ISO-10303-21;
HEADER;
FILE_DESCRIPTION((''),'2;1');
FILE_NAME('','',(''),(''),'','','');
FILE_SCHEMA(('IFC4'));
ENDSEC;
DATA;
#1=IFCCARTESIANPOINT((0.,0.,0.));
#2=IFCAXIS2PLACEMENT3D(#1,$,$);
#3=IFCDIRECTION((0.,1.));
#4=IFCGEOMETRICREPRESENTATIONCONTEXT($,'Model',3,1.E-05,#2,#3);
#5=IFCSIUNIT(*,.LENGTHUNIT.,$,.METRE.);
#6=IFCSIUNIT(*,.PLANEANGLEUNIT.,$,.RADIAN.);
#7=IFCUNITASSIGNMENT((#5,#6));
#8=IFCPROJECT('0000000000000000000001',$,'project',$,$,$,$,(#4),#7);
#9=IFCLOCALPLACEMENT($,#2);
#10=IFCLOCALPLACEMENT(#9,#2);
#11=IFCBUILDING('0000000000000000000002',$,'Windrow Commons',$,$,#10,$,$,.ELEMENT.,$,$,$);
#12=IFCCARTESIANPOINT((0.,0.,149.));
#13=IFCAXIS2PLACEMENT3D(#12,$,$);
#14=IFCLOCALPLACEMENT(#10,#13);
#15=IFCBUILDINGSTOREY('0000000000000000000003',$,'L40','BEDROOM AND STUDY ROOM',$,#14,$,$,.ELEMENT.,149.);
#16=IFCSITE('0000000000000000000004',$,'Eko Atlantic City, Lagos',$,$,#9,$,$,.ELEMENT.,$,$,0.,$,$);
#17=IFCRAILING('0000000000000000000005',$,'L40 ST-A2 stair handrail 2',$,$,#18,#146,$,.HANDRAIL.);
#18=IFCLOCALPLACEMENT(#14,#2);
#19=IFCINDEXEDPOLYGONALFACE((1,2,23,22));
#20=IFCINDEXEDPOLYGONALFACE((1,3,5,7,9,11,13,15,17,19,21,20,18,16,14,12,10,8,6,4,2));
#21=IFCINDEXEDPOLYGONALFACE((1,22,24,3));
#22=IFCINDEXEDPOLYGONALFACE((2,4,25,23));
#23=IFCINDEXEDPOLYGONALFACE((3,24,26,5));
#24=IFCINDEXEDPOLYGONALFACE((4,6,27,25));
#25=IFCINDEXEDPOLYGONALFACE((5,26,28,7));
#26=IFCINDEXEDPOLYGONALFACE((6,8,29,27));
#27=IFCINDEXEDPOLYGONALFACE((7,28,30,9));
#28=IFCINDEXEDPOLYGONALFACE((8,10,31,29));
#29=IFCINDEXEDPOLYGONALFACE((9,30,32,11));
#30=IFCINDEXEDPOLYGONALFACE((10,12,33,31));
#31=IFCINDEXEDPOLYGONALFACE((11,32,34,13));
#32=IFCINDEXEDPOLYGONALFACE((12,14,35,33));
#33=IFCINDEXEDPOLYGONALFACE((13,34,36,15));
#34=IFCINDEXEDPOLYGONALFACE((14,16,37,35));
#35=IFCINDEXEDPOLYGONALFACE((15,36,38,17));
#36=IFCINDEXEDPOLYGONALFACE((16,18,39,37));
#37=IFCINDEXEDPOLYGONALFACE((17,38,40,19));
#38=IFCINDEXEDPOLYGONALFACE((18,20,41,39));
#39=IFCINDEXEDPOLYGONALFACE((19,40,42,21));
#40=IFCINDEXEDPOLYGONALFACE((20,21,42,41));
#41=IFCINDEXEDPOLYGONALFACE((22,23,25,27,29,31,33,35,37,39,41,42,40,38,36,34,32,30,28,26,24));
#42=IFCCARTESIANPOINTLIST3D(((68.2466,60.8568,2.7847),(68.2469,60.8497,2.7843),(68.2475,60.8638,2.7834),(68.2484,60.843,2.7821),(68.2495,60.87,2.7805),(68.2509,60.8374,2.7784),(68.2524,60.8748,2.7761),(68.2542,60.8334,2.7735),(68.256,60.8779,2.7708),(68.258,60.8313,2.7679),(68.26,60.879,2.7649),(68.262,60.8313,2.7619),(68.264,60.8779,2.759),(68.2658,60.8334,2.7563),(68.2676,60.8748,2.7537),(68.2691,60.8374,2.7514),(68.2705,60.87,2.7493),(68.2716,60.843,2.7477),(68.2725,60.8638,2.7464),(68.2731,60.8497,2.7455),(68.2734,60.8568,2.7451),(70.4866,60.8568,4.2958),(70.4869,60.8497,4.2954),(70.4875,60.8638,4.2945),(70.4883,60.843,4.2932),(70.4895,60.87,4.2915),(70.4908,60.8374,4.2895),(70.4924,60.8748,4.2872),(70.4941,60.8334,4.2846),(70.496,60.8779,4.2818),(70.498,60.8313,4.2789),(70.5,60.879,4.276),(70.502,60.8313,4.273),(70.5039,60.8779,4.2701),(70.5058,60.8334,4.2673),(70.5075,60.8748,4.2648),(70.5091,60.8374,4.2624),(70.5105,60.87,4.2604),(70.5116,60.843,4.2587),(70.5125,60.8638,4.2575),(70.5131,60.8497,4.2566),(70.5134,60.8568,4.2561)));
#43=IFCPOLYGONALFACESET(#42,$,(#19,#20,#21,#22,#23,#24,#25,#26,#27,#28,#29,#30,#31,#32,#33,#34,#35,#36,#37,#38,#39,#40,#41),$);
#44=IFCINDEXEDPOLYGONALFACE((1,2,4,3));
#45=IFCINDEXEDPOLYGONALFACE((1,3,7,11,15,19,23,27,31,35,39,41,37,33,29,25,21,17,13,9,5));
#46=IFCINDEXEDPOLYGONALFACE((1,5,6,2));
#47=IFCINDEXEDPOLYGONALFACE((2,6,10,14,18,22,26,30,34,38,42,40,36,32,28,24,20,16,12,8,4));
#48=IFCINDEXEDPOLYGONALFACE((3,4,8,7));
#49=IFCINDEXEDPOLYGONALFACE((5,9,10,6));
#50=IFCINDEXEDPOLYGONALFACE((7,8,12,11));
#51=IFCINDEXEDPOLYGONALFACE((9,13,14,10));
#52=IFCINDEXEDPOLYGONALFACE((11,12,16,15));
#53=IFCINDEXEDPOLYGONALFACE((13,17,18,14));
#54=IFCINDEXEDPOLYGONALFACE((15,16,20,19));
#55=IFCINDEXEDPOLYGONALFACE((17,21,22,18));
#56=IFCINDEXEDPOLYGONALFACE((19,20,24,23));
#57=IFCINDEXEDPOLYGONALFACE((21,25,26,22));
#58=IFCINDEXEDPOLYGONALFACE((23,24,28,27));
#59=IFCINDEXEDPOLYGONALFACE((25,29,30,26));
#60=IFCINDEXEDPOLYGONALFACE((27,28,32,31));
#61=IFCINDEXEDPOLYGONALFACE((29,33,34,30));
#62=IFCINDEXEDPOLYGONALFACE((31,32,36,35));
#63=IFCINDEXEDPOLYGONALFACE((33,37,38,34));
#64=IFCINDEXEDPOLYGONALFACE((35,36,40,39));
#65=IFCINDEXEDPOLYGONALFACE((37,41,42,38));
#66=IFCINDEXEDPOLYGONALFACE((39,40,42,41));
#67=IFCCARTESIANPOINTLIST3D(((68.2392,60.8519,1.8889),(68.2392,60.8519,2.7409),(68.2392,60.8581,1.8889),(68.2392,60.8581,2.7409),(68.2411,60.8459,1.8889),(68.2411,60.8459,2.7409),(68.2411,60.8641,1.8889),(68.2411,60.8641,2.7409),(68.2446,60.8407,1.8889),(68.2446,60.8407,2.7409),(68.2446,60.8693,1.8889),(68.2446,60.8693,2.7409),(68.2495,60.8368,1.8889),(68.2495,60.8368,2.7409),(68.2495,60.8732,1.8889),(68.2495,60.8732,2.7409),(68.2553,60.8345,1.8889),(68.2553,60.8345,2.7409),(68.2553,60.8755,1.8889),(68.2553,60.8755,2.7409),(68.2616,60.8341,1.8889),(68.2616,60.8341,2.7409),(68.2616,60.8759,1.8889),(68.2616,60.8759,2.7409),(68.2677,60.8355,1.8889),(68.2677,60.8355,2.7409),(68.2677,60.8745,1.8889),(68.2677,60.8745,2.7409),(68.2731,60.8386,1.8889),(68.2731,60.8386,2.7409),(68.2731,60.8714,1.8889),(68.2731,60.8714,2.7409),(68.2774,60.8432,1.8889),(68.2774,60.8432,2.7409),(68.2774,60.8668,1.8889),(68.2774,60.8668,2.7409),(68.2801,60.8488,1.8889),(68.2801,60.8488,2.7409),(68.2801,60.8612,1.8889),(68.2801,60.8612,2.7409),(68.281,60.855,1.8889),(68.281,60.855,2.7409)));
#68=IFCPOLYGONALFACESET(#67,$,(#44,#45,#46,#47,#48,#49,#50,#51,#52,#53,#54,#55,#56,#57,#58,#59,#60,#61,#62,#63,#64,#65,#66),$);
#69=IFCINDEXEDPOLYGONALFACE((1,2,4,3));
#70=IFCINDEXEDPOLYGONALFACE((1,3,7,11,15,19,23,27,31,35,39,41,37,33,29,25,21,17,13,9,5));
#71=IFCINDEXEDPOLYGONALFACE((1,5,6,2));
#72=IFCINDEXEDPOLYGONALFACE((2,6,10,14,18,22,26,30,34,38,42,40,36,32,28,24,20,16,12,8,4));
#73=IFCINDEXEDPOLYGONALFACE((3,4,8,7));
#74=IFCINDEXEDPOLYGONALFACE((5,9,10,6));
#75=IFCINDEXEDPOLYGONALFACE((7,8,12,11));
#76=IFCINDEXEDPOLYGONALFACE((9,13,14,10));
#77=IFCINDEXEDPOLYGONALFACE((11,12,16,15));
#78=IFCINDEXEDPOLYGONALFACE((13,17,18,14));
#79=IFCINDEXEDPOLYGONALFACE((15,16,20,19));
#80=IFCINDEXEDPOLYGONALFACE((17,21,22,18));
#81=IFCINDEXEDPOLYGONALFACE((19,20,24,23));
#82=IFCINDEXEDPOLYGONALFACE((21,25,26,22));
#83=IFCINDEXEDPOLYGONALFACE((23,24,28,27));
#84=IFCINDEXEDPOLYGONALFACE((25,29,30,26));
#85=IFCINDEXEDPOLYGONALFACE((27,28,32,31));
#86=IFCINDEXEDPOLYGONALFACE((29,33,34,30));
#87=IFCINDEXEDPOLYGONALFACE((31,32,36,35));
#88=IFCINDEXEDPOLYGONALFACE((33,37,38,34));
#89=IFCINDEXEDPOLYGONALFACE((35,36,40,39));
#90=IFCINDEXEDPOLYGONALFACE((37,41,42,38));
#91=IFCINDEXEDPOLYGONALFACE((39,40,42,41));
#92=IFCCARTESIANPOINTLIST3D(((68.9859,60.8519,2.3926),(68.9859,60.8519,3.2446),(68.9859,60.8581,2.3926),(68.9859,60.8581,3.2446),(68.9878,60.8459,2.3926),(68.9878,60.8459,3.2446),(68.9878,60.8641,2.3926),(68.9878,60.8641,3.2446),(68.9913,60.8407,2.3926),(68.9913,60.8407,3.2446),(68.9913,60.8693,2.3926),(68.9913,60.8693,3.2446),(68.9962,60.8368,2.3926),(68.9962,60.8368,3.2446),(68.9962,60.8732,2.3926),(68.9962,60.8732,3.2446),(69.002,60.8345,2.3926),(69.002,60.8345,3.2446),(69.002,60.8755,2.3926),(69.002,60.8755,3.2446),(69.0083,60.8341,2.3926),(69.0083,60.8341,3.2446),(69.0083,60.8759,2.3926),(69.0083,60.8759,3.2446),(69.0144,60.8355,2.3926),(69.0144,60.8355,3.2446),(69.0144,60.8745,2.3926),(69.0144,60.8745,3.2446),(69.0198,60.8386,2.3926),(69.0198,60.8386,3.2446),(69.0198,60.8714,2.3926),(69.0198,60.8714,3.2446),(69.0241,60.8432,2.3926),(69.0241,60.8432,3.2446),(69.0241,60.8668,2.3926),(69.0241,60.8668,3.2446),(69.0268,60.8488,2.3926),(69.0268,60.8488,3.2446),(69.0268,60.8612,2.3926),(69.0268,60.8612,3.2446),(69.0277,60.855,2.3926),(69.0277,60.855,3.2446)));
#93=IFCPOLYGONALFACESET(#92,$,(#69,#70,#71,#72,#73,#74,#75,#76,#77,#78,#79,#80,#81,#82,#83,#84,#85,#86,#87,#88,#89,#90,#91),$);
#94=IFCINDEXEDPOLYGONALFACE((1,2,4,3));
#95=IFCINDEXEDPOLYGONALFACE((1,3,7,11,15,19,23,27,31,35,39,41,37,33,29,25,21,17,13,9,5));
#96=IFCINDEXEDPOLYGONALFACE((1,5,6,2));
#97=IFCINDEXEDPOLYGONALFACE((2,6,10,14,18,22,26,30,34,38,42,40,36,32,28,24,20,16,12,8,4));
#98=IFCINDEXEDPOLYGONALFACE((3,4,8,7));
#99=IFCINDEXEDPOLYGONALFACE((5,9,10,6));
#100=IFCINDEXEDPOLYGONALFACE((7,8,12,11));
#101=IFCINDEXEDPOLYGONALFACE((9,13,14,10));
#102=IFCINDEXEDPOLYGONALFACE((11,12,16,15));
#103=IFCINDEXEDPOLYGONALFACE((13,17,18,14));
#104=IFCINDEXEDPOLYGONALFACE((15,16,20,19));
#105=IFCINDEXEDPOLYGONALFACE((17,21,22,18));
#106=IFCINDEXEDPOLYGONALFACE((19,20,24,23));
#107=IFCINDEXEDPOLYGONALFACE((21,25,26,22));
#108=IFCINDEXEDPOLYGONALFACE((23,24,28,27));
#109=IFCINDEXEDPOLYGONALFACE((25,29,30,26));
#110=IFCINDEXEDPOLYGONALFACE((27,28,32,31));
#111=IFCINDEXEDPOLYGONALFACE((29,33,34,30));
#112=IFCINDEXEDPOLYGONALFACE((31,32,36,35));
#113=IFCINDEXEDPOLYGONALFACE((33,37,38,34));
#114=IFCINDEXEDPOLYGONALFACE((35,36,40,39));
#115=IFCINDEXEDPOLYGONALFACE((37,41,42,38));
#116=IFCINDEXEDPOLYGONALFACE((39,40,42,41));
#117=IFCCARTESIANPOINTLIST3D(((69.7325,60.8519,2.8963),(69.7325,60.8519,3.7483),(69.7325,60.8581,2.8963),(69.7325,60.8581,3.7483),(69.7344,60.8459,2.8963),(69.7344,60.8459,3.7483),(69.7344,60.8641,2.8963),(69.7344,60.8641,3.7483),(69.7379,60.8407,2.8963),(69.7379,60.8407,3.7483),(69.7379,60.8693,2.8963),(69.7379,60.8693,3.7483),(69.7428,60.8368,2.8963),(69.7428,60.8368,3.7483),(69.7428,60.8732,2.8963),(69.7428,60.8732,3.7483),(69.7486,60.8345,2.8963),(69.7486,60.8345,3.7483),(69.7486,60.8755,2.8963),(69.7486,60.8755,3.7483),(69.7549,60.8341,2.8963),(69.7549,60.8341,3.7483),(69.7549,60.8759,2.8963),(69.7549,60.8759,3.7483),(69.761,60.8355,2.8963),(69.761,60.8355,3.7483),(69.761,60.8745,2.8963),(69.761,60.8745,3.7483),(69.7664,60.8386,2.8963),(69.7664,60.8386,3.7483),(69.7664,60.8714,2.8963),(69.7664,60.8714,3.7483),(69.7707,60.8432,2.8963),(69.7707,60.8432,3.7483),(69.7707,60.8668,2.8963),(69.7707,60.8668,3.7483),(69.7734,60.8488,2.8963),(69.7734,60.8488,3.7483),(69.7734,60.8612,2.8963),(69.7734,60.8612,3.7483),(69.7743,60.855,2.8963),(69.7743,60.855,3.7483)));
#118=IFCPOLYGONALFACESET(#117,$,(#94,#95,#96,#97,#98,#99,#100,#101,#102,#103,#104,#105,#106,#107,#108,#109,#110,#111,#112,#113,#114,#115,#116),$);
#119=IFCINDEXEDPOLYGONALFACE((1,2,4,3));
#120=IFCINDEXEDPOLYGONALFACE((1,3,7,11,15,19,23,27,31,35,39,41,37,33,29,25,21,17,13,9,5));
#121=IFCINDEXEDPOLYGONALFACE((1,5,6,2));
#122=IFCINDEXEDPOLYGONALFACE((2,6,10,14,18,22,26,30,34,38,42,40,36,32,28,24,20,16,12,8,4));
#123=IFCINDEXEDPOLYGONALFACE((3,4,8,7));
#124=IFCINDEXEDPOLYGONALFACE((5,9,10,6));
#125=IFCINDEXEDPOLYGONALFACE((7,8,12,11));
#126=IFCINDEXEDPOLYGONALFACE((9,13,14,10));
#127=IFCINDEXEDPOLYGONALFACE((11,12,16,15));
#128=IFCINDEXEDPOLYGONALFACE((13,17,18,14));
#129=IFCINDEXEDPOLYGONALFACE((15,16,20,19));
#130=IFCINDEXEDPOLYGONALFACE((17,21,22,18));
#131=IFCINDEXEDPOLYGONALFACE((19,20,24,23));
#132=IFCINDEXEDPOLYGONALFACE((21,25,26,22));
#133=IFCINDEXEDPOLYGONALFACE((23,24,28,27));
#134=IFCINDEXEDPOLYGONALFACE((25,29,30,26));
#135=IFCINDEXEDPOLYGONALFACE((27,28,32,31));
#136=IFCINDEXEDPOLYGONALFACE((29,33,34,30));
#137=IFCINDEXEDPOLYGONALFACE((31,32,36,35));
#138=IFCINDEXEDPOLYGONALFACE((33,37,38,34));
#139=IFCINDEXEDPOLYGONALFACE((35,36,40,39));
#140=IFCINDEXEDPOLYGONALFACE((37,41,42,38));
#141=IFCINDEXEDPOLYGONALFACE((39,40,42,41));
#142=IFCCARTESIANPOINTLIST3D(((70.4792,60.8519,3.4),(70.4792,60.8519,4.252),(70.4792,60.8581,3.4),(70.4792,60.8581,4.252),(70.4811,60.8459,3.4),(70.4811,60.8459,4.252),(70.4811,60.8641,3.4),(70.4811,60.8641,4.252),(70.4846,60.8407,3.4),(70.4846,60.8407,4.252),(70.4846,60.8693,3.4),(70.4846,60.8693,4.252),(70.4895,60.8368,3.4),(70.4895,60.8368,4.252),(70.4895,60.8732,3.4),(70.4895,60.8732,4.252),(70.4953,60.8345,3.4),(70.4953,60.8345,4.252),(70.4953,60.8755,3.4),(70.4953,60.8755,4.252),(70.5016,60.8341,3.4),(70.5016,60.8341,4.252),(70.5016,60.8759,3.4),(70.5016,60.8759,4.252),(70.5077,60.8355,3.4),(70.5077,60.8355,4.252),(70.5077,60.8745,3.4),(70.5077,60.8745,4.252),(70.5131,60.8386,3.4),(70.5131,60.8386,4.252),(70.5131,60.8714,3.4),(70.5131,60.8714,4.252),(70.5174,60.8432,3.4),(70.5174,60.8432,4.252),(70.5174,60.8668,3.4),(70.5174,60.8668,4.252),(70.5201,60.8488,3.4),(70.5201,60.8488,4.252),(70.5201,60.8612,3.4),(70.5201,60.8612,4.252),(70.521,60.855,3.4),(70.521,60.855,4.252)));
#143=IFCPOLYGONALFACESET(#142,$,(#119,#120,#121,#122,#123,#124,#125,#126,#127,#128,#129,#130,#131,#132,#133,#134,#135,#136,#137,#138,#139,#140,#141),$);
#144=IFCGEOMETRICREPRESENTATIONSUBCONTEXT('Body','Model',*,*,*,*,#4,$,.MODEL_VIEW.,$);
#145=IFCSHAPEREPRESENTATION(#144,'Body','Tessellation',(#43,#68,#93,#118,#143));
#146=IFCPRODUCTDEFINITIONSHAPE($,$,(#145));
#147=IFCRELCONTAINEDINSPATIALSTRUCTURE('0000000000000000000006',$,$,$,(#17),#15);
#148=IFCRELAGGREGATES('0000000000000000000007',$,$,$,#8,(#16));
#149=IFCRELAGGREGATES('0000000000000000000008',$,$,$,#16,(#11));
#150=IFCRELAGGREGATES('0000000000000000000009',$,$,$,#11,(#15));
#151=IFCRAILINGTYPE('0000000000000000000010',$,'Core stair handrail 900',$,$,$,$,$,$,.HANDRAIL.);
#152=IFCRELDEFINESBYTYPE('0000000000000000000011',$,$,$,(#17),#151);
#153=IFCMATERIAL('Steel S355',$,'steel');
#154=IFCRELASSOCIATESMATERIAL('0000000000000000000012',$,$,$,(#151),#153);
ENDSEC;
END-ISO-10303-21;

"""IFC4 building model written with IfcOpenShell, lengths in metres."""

from ifc_helpers import new_model, si_unit, direction, frame, origin, origin_2d, place, context, subcontext, project, spatial, circle, extrude, material, type_object, element, save


model = new_model("IFC4")

# Units and contexts
model_context = context("Model", 3, precision=1e-05, world=origin(), true_north=direction((0.0, 1.0)))
body_context = subcontext(model_context, "Body", "Model", "MODEL_VIEW")
ifc_project = project(units=[si_unit("LENGTHUNIT", "METRE"), si_unit("PLANEANGLEUNIT", "RADIAN")], contexts=[model_context])

# Site, building, storey
site_placement = place(None, origin())
site = spatial("IfcSite", under=ifc_project, at=site_placement, Name="Eko Atlantic City, Lagos", CompositionType="ELEMENT", RefElevation=0.0)
building_placement = place(site_placement, origin())
building = spatial("IfcBuilding", under=site, at=building_placement, Name="Windrow Commons", CompositionType="ELEMENT")
storey_placement = place(building_placement, frame((0.0, 0.0, 149.0)))
storey = spatial("IfcBuildingStorey", under=building, at=storey_placement, Name="L40", Description="BEDROOM AND STUDY ROOM", CompositionType="ELEMENT", Elevation=149.0)

# Railing
ifc_material_1 = material(Name="Steel S355", Category="steel")
railing_type_1 = type_object("IfcRailingType", Name="Core stair handrail 900", PredefinedType="HANDRAIL", material=ifc_material_1)
railing_1_placement = place(storey_placement, frame((68.26, 60.855, 1.8889)))
element("IfcRailing", 1, at=railing_1_placement, inside=storey, type_object=railing_type_1, Name="L40 ST-A2 stair handrail 2", PredefinedType="HANDRAIL", context=body_context, shape_type="SweptSolid", body=[
    extrude(circle(Radius=0.024, at=origin_2d()), frame((0.0, 0.0, 0.876), z_axis=(0.829003, 0.0, 0.559244), x_axis=(0.0, 1.0, 0.0)), (0.0, 0.0, 1.0), 2.702),
    extrude(circle(Radius=0.021, at=origin_2d()), origin(), (0.0, 0.0, 1.0), 0.852),
    extrude(circle(Radius=0.021, at=origin_2d()), frame((0.7467, 0.0, 0.5037)), (0.0, 0.0, 1.0), 0.852),
    extrude(circle(Radius=0.021, at=origin_2d()), frame((1.4933, 0.0, 1.0074)), (0.0, 0.0, 1.0), 0.852),
    extrude(circle(Radius=0.021, at=origin_2d()), frame((2.24, 0.0, 1.5111)), (0.0, 0.0, 1.0), 0.852),
])

save(model, "model.ifc")
